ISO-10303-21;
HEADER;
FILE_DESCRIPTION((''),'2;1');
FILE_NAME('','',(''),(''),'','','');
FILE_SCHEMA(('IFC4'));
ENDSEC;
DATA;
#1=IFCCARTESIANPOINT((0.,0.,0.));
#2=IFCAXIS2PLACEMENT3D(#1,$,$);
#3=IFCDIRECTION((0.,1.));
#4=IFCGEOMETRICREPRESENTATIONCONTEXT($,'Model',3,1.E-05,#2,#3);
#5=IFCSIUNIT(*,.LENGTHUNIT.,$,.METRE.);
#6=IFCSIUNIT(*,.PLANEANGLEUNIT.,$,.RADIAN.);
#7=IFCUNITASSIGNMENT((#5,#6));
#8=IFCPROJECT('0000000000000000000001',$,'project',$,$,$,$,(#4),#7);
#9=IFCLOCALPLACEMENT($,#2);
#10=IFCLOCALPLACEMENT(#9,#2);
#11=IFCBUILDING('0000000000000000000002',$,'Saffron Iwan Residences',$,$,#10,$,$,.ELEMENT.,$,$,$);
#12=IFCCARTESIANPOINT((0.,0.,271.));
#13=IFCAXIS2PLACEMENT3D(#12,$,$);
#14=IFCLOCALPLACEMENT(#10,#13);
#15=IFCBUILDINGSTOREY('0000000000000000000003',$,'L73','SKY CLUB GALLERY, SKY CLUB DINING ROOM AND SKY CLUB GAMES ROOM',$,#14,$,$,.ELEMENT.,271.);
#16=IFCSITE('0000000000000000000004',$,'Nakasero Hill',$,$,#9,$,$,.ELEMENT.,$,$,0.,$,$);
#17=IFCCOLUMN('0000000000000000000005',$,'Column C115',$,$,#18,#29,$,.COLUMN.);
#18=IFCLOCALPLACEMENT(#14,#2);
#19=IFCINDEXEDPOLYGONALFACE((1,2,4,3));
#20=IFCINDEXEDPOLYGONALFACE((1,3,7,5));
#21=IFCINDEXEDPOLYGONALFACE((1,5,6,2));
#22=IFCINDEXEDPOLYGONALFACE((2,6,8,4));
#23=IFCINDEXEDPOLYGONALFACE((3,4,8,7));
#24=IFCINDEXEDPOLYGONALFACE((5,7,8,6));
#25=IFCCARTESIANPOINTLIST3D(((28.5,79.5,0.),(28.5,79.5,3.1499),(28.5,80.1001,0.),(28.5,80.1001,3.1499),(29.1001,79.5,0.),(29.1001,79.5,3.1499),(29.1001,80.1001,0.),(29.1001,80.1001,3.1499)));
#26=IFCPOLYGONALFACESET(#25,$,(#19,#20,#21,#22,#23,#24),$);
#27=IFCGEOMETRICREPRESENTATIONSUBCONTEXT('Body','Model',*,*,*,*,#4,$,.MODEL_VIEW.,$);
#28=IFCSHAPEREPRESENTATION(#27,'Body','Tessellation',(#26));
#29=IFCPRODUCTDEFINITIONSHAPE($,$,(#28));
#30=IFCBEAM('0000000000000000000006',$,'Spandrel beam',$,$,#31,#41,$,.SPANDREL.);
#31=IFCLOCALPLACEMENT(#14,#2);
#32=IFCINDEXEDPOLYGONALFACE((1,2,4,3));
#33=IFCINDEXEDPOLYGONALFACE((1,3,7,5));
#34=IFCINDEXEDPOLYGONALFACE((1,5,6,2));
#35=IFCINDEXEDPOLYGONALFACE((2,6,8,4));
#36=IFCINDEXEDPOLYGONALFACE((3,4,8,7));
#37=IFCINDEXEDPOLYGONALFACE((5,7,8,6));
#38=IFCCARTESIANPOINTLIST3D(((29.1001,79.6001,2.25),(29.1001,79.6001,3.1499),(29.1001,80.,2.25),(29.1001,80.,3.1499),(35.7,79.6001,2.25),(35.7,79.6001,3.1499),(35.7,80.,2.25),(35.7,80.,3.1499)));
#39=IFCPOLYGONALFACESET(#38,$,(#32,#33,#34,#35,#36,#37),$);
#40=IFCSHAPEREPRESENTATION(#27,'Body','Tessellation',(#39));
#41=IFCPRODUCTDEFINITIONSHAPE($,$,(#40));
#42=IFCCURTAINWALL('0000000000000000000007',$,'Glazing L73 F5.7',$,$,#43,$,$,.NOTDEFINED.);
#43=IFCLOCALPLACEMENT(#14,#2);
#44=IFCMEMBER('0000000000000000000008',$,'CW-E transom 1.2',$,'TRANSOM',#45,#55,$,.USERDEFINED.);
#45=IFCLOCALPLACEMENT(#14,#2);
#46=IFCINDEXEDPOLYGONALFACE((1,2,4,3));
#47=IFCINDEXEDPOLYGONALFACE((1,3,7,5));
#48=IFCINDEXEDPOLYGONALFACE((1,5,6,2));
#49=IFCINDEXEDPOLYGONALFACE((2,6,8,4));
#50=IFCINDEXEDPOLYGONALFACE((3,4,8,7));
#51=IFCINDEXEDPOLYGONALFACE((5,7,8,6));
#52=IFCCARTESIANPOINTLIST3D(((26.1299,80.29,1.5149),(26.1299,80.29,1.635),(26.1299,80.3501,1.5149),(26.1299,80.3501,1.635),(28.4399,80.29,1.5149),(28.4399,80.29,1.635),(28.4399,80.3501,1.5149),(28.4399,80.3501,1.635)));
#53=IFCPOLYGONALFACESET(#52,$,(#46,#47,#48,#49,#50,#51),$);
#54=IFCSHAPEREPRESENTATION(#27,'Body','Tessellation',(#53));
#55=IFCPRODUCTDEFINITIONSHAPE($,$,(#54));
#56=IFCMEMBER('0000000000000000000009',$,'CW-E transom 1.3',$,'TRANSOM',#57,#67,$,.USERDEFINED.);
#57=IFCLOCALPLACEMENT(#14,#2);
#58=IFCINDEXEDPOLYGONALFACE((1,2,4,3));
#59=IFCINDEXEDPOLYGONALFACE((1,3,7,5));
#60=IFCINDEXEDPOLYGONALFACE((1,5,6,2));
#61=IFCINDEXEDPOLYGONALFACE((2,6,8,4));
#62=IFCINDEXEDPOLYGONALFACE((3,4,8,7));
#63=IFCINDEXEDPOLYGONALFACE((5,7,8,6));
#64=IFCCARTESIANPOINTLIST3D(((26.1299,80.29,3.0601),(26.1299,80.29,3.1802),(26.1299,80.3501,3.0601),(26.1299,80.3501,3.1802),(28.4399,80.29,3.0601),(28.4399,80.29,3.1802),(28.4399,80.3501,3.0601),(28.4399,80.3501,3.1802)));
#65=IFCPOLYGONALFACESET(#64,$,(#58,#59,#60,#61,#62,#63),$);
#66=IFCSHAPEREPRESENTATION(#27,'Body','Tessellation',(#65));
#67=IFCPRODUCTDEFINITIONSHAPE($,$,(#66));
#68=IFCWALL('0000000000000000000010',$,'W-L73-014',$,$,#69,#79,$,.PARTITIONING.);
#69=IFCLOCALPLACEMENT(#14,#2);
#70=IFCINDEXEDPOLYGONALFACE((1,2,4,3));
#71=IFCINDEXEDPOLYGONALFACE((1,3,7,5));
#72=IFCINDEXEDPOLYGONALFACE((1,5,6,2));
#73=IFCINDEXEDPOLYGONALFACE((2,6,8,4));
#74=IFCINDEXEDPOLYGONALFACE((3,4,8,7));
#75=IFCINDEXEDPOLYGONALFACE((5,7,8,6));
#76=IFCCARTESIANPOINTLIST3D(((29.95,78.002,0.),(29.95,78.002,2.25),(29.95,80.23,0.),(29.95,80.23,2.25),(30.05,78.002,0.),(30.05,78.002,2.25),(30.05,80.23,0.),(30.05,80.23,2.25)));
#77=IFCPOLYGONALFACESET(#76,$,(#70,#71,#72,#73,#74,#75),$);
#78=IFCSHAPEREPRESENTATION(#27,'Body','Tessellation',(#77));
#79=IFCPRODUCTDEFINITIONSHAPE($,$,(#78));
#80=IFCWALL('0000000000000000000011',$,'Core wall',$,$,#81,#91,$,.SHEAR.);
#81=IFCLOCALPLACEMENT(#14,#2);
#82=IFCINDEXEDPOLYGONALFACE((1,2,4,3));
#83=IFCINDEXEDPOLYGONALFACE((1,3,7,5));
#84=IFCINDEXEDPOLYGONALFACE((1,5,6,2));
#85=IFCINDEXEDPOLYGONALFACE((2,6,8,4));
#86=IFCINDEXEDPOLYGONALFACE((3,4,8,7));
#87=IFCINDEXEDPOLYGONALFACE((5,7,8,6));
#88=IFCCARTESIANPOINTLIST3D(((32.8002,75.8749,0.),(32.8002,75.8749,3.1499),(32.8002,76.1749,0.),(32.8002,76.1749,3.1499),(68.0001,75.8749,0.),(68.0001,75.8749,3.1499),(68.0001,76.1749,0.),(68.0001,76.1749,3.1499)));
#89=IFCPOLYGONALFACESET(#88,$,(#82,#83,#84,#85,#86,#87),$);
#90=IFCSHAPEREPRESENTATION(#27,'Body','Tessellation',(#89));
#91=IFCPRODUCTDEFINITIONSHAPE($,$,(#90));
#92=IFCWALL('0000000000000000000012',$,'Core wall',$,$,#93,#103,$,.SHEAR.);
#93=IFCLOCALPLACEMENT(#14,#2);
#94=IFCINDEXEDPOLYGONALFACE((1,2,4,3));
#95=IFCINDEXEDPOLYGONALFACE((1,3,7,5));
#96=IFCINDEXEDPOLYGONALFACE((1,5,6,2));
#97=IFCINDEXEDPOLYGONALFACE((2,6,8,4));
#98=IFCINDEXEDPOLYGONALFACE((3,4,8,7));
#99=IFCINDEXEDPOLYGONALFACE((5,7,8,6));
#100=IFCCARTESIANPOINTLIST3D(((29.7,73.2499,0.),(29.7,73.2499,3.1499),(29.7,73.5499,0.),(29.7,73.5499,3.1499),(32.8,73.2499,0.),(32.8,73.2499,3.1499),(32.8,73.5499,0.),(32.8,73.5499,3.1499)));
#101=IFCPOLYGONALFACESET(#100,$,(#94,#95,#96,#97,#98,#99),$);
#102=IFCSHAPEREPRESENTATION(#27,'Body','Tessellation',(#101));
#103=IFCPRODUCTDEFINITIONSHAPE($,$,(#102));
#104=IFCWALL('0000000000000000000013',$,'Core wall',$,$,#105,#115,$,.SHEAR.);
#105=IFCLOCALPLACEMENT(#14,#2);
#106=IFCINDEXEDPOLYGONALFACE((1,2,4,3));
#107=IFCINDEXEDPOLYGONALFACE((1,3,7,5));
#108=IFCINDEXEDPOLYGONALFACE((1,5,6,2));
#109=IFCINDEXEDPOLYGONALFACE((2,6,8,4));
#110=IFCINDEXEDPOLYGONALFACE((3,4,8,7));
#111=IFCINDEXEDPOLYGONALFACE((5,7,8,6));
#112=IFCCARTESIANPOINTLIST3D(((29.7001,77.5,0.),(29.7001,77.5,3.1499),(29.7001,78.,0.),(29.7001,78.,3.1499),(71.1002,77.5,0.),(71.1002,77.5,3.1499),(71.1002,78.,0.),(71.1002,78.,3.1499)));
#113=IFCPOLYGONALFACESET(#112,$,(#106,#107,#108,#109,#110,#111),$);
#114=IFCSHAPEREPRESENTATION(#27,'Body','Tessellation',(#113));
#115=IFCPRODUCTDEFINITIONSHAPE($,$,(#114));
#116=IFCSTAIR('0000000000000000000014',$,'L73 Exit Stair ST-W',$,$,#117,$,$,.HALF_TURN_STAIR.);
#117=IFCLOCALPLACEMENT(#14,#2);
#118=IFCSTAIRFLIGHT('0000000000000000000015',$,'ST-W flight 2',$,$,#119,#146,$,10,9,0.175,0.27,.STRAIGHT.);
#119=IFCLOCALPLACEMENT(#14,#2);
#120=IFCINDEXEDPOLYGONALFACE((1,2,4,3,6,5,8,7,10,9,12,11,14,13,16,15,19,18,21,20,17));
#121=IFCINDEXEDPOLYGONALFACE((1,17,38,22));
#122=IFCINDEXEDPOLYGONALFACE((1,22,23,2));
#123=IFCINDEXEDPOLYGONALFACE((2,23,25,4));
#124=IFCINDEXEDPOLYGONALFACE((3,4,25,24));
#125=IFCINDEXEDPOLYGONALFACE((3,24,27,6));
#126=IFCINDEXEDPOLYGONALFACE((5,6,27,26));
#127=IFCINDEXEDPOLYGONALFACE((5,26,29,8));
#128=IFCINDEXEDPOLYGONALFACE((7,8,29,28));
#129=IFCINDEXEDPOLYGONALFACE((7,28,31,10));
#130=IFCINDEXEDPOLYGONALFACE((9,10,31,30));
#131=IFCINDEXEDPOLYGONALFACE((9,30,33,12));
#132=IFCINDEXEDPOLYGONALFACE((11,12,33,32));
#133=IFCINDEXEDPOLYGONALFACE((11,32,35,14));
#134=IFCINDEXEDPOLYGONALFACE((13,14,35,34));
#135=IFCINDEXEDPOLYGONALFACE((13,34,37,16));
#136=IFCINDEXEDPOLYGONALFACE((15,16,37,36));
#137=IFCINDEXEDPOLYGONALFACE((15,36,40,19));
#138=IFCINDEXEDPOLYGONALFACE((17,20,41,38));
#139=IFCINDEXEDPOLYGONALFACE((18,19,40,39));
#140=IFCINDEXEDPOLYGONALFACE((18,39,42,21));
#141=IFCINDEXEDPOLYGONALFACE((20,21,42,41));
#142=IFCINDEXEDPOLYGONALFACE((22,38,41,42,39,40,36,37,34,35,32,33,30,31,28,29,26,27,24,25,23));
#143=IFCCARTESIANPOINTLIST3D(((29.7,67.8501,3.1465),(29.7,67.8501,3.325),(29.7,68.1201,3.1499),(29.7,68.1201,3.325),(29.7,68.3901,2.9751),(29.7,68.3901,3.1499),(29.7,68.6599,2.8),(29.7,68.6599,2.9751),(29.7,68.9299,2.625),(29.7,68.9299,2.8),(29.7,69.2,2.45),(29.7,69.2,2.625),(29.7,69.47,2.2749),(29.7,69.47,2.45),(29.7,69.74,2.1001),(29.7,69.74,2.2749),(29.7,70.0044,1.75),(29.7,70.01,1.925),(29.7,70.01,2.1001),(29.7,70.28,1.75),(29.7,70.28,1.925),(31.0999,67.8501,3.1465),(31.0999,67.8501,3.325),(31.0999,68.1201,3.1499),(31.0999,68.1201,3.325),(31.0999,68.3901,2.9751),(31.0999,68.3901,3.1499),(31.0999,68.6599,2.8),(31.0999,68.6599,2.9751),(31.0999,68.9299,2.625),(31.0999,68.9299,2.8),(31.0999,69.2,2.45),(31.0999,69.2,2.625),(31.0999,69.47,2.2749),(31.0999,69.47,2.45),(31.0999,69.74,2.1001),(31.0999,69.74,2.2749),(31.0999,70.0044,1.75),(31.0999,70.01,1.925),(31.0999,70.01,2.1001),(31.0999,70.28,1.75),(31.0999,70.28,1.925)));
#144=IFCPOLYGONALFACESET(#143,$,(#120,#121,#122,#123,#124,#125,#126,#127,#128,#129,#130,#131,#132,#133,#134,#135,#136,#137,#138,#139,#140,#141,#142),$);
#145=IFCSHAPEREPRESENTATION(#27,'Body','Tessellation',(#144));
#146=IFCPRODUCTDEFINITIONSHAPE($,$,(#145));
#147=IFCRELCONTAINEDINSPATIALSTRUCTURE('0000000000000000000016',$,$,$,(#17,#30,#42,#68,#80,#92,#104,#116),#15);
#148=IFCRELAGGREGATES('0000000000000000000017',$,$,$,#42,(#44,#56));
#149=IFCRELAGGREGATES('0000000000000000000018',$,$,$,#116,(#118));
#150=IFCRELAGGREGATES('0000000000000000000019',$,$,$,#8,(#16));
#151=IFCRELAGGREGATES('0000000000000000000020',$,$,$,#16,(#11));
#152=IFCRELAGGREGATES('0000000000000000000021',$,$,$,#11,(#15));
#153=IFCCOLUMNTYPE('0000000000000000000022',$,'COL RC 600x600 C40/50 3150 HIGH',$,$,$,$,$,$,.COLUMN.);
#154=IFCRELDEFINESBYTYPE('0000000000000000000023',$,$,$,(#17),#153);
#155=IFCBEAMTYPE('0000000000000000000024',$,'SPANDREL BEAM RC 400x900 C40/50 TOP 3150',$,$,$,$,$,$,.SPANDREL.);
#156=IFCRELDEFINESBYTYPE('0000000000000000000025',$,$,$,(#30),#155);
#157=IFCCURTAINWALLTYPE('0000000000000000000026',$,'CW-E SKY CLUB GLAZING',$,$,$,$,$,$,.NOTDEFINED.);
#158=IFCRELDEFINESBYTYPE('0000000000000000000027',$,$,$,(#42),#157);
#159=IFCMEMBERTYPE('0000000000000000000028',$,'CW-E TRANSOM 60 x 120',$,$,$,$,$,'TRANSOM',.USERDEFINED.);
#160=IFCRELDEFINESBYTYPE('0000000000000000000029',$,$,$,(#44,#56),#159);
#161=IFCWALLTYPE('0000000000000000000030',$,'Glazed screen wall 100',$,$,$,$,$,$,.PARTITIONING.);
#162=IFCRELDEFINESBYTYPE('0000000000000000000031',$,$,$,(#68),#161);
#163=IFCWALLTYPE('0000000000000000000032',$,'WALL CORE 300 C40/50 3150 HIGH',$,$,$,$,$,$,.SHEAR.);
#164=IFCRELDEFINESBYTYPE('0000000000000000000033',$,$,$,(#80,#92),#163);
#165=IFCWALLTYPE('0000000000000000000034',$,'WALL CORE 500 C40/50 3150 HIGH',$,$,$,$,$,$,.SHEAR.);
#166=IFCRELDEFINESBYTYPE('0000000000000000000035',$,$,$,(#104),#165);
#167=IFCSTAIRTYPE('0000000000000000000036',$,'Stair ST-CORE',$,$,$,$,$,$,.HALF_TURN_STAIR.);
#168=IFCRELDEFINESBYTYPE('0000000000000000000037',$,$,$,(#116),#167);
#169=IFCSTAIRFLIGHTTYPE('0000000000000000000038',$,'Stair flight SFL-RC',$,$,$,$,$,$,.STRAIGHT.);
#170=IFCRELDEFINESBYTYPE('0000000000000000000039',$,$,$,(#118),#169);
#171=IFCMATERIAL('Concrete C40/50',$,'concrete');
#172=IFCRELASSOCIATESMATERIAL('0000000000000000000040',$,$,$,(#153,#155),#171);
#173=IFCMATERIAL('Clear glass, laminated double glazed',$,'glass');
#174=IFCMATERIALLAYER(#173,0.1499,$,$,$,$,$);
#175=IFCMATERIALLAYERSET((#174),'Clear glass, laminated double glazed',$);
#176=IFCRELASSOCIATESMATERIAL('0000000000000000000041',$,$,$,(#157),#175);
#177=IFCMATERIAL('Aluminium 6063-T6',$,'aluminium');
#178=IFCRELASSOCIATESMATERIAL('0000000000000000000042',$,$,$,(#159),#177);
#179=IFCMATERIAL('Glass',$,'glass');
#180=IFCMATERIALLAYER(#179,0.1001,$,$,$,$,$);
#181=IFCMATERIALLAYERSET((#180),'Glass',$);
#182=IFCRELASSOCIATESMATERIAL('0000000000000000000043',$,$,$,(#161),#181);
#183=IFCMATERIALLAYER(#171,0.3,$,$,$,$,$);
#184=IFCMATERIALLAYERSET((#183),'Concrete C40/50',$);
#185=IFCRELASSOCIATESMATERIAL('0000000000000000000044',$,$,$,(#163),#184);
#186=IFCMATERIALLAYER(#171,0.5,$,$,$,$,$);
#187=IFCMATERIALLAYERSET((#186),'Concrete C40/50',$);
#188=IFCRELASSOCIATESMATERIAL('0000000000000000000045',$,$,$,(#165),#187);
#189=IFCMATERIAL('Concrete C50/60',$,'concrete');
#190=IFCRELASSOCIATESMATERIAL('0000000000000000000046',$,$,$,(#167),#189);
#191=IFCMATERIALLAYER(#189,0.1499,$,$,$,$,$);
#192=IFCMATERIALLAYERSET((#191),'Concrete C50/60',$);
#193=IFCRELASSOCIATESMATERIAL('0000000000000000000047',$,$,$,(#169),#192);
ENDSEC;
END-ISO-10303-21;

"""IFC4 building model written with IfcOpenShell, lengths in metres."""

from ifc_helpers import new_model, si_unit, direction, frame, frame_2d, origin, origin_2d, place, context, subcontext, project, spatial, polyline, rectangle, outline, extrude, source, transform, mapped, material, layer, layer_set, material_profile, profile_set, type_object, element, aggregate, save


model = new_model("IFC4")

# Units and contexts
model_context = context("Model", 3, precision=1e-05, world=origin(), true_north=direction((0.0, 1.0)))
body_context = subcontext(model_context, "Body", "Model", "MODEL_VIEW")
ifc_project = project(units=[si_unit("LENGTHUNIT", "METRE"), si_unit("PLANEANGLEUNIT", "RADIAN")], contexts=[model_context])

# Site, building, storey
site_placement = place(None, origin())
site = spatial("IfcSite", under=ifc_project, at=site_placement, Name="Nakasero Hill", CompositionType="ELEMENT", RefElevation=0.0)
building_placement = place(site_placement, origin())
building = spatial("IfcBuilding", under=site, at=building_placement, Name="Saffron Iwan Residences", CompositionType="ELEMENT")
storey_placement = place(building_placement, frame((0.0, 0.0, 271.0)))
storey = spatial("IfcBuildingStorey", under=building, at=storey_placement, Name="L73", Description="SKY CLUB GALLERY, SKY CLUB DINING ROOM AND SKY CLUB GAMES ROOM", CompositionType="ELEMENT", Elevation=271.0)

# Column
ifc_material_1 = material(Name="Concrete C40/50", Category="concrete")
ifc_material_profile_1 = material_profile(ifc_material_1, rectangle(XDim=0.6001, YDim=0.6001, at=origin_2d()), Name="RC 600x600")
ifc_profile_set_1 = profile_set([ifc_material_profile_1], Name="Concrete C40/50")
column_type = type_object("IfcColumnType", Name="COL RC 600x600 C40/50 3150 HIGH", PredefinedType="COLUMN", material=ifc_profile_set_1)
shared_shape_1 = source(origin(), body_context, "Body", "SweptSolid", [
    extrude(rectangle(XDim=0.6001, YDim=0.6001, at=origin_2d()), origin(), (0.0, 0.0, 1.0), 3.1499),
])
column_placement = place(storey_placement, frame((28.8, 79.8, 0.0), z_axis=(0.0, 0.0, 1.0), x_axis=(1.0, 0.0, 0.0)))
element("IfcColumn", 1, at=column_placement, inside=storey, type_object=column_type, Name="Column C115", PredefinedType="COLUMN", context=body_context, shape_type="MappedRepresentation", body=[
    mapped(shared_shape_1, transform((0.0, 0.0, 0.0))),
])

# Beam
ifc_material_profile_2 = material_profile(ifc_material_1, rectangle(XDim=0.3999, YDim=0.8999, at=origin_2d()), Name="RC 400x900")
ifc_profile_set_2 = profile_set([ifc_material_profile_2], Name="Concrete C40/50")
beam_type = type_object("IfcBeamType", Name="SPANDREL BEAM RC 400x900 C40/50 TOP 3150", PredefinedType="SPANDREL", material=ifc_profile_set_2)
shared_shape_2 = source(origin(), body_context, "Body", "SweptSolid", [
    extrude(rectangle(XDim=0.3999, YDim=0.8999, at=origin_2d()), origin(), (0.0, 0.0, 1.0), 6.5999),
])
beam_placement = place(storey_placement, frame((29.1001, 79.8, 2.7), z_axis=(1.0, 0.0, 0.0), x_axis=(0.0, 1.0, 0.0)))
element("IfcBeam", 2, at=beam_placement, inside=storey, type_object=beam_type, Name="Spandrel beam", PredefinedType="SPANDREL", context=body_context, shape_type="MappedRepresentation", body=[
    mapped(shared_shape_2, transform((0.0, 0.0, 0.0))),
])

# Curtain wall, members
ifc_material_2 = material(Name="Clear glass, laminated double glazed", Category="glass")
ifc_layer_1 = layer(ifc_material_2, 0.1499)
ifc_layer_set_1 = layer_set([ifc_layer_1], Name="Clear glass, laminated double glazed")
curtain_wall_type = type_object("IfcCurtainWallType", Name="CW-E SKY CLUB GLAZING", PredefinedType="NOTDEFINED", material=ifc_layer_set_1)
curtain_wall_placement = place(storey_placement, origin())
curtain_wall = element("IfcCurtainWall", 3, at=curtain_wall_placement, inside=storey, type_object=curtain_wall_type, Name="Glazing L73 F5.7", PredefinedType="NOTDEFINED")
ifc_material_3 = material(Name="Aluminium 6063-T6", Category="aluminium")
ifc_material_profile_3 = material_profile(ifc_material_3, rectangle(XDim=0.0601, YDim=0.1201, at=origin_2d()), Name="CW-E TRANSOM 60 x 120")
ifc_profile_set_3 = profile_set([ifc_material_profile_3], Name="Aluminium 6063-T6")
member_type = type_object("IfcMemberType", Name="CW-E TRANSOM 60 x 120", ElementType="TRANSOM", PredefinedType="USERDEFINED", material=ifc_profile_set_3)
shared_shape_3 = source(origin(), body_context, "Body", "SweptSolid", [
    extrude(rectangle(XDim=0.0601, YDim=0.1201, at=origin_2d()), origin(), (0.0, 0.0, 1.0), 2.3101),
])
member_1_placement = place(storey_placement, frame((28.4399, 80.3201, 1.575), z_axis=(-1.0, 0.0, 0.0), x_axis=(0.0, -1.0, 0.0)))
member_1 = element("IfcMember", 4, at=member_1_placement, type_object=member_type, Name="CW-E transom 1.2", ObjectType="TRANSOM", PredefinedType="USERDEFINED", context=body_context, shape_type="MappedRepresentation", body=[
    mapped(shared_shape_3, transform((0.0, 0.0, 0.0))),
])
member_2_placement = place(storey_placement, frame((28.4399, 80.3201, 3.1201), z_axis=(-1.0, 0.0, 0.0), x_axis=(0.0, -1.0, 0.0)))
member_2 = element("IfcMember", 5, at=member_2_placement, type_object=member_type, Name="CW-E transom 1.3", ObjectType="TRANSOM", PredefinedType="USERDEFINED", context=body_context, shape_type="MappedRepresentation", body=[
    mapped(shared_shape_3, transform((0.0, 0.0, 0.0))),
])
aggregate(curtain_wall, [member_1, member_2])

# Wall
ifc_material_4 = material(Name="Glass", Category="glass")
ifc_layer_2 = layer(ifc_material_4, 0.1001)
ifc_layer_set_2 = layer_set([ifc_layer_2], Name="Glass")
wall_type_1 = type_object("IfcWallType", Name="Glazed screen wall 100", PredefinedType="PARTITIONING", material=ifc_layer_set_2)
wall_1_placement = place(storey_placement, frame((30.0, 78.002, 0.0), z_axis=(0.0, 0.0, 1.0), x_axis=(0.0, 1.0, 0.0)))
element("IfcWall", 6, at=wall_1_placement, inside=storey, type_object=wall_type_1, Name="W-L73-014", PredefinedType="PARTITIONING", context=body_context, shape_type="SweptSolid", body=[
    extrude(rectangle(XDim=2.228, YDim=0.1001, at=frame_2d((1.114, 0.0))), origin(), (0.0, 0.0, 1.0), 2.25),
])

# Shared definitions
ifc_layer_3 = layer(ifc_material_1, 0.3)
ifc_layer_set_3 = layer_set([ifc_layer_3], Name="Concrete C40/50")
wall_type_2 = type_object("IfcWallType", Name="WALL CORE 300 C40/50 3150 HIGH", PredefinedType="SHEAR", material=ifc_layer_set_3)

# Walls
wall_2_placement = place(storey_placement, frame((32.8, 76.0249, 0.0), z_axis=(0.0, 0.0, 1.0), x_axis=(1.0, 0.0, 0.0)))
element("IfcWall", 7, at=wall_2_placement, inside=storey, type_object=wall_type_2, Name="Core wall", PredefinedType="SHEAR", context=body_context, shape_type="SweptSolid", body=[
    extrude(rectangle(XDim=35.2, YDim=0.3, at=frame_2d((17.6001, 0.0))), origin(), (0.0, 0.0, 1.0), 3.1499),
])
wall_3_placement = place(storey_placement, frame((29.7, 73.3999, 0.0), z_axis=(0.0, 0.0, 1.0), x_axis=(1.0, 0.0, 0.0)))
element("IfcWall", 8, at=wall_3_placement, inside=storey, type_object=wall_type_2, Name="Core wall", PredefinedType="SHEAR", context=body_context, shape_type="SweptSolid", body=[
    extrude(rectangle(XDim=3.1001, YDim=0.3, at=frame_2d((1.55, 0.0))), origin(), (0.0, 0.0, 1.0), 3.1499),
])
ifc_layer_4 = layer(ifc_material_1, 0.5)
ifc_layer_set_4 = layer_set([ifc_layer_4], Name="Concrete C40/50")
wall_type_3 = type_object("IfcWallType", Name="WALL CORE 500 C40/50 3150 HIGH", PredefinedType="SHEAR", material=ifc_layer_set_4)
wall_4_placement = place(storey_placement, frame((29.7, 77.75, 0.0), z_axis=(0.0, 0.0, 1.0), x_axis=(1.0, 0.0, 0.0)))
element("IfcWall", 9, at=wall_4_placement, inside=storey, type_object=wall_type_3, Name="Core wall", PredefinedType="SHEAR", context=body_context, shape_type="SweptSolid", body=[
    extrude(rectangle(XDim=41.4001, YDim=0.5, at=frame_2d((20.7002, 0.0))), origin(), (0.0, 0.0, 1.0), 3.1499),
])

# Stair, stair flight
ifc_material_5 = material(Name="Concrete C50/60", Category="concrete")
stair_type = type_object("IfcStairType", Name="Stair ST-CORE", PredefinedType="HALF_TURN_STAIR", material=ifc_material_5)
stair_placement = place(storey_placement, origin())
stair = element("IfcStair", 10, at=stair_placement, inside=storey, type_object=stair_type, Name="L73 Exit Stair ST-W", PredefinedType="HALF_TURN_STAIR")
ifc_layer_5 = layer(ifc_material_5, 0.1499)
ifc_layer_set_5 = layer_set([ifc_layer_5], Name="Concrete C50/60")
stair_flight_type = type_object("IfcStairFlightType", Name="Stair flight SFL-RC", PredefinedType="STRAIGHT", material=ifc_layer_set_5)
stair_flight_placement = place(storey_placement, frame((30.3999, 70.28, 1.75), z_axis=(0.0, 0.0, 1.0), x_axis=(0.0, -1.0, 0.0)))
stair_flight = element("IfcStairFlight", 11, at=stair_flight_placement, type_object=stair_flight_type, Name="ST-W flight 2", NumberOfRisers=10, NumberOfTreads=9, PredefinedType="STRAIGHT", RiserHeight=0.175, TreadLength=0.27, context=body_context, shape_type="SweptSolid", body=[
    extrude(outline(polyline([(0.0, 0.0), (0.0, 0.175), (0.27, 0.175), (0.27, 0.3501), (0.54, 0.3501), (0.54, 0.5249), (0.8101, 0.5249), (0.8101, 0.7), (1.0801, 0.7), (1.0801, 0.875), (1.3501, 0.875), (1.3501, 1.05), (1.6201, 1.05), (1.6201, 1.2251), (1.8899, 1.2251), (1.8899, 1.3999), (2.1599, 1.3999), (2.1599, 1.575), (2.4299, 1.575), (2.4299, 1.75), (2.4299, 1.3965), (0.2756, 0.0), (0.0, 0.0)])), frame((0.0, 0.7, 0.0), z_axis=(0.0, -1.0, 0.0), x_axis=(1.0, 0.0, 0.0)), (0.0, 0.0, 1.0), 1.3999),
])
aggregate(stair, [stair_flight])

save(model, "model.ifc")
